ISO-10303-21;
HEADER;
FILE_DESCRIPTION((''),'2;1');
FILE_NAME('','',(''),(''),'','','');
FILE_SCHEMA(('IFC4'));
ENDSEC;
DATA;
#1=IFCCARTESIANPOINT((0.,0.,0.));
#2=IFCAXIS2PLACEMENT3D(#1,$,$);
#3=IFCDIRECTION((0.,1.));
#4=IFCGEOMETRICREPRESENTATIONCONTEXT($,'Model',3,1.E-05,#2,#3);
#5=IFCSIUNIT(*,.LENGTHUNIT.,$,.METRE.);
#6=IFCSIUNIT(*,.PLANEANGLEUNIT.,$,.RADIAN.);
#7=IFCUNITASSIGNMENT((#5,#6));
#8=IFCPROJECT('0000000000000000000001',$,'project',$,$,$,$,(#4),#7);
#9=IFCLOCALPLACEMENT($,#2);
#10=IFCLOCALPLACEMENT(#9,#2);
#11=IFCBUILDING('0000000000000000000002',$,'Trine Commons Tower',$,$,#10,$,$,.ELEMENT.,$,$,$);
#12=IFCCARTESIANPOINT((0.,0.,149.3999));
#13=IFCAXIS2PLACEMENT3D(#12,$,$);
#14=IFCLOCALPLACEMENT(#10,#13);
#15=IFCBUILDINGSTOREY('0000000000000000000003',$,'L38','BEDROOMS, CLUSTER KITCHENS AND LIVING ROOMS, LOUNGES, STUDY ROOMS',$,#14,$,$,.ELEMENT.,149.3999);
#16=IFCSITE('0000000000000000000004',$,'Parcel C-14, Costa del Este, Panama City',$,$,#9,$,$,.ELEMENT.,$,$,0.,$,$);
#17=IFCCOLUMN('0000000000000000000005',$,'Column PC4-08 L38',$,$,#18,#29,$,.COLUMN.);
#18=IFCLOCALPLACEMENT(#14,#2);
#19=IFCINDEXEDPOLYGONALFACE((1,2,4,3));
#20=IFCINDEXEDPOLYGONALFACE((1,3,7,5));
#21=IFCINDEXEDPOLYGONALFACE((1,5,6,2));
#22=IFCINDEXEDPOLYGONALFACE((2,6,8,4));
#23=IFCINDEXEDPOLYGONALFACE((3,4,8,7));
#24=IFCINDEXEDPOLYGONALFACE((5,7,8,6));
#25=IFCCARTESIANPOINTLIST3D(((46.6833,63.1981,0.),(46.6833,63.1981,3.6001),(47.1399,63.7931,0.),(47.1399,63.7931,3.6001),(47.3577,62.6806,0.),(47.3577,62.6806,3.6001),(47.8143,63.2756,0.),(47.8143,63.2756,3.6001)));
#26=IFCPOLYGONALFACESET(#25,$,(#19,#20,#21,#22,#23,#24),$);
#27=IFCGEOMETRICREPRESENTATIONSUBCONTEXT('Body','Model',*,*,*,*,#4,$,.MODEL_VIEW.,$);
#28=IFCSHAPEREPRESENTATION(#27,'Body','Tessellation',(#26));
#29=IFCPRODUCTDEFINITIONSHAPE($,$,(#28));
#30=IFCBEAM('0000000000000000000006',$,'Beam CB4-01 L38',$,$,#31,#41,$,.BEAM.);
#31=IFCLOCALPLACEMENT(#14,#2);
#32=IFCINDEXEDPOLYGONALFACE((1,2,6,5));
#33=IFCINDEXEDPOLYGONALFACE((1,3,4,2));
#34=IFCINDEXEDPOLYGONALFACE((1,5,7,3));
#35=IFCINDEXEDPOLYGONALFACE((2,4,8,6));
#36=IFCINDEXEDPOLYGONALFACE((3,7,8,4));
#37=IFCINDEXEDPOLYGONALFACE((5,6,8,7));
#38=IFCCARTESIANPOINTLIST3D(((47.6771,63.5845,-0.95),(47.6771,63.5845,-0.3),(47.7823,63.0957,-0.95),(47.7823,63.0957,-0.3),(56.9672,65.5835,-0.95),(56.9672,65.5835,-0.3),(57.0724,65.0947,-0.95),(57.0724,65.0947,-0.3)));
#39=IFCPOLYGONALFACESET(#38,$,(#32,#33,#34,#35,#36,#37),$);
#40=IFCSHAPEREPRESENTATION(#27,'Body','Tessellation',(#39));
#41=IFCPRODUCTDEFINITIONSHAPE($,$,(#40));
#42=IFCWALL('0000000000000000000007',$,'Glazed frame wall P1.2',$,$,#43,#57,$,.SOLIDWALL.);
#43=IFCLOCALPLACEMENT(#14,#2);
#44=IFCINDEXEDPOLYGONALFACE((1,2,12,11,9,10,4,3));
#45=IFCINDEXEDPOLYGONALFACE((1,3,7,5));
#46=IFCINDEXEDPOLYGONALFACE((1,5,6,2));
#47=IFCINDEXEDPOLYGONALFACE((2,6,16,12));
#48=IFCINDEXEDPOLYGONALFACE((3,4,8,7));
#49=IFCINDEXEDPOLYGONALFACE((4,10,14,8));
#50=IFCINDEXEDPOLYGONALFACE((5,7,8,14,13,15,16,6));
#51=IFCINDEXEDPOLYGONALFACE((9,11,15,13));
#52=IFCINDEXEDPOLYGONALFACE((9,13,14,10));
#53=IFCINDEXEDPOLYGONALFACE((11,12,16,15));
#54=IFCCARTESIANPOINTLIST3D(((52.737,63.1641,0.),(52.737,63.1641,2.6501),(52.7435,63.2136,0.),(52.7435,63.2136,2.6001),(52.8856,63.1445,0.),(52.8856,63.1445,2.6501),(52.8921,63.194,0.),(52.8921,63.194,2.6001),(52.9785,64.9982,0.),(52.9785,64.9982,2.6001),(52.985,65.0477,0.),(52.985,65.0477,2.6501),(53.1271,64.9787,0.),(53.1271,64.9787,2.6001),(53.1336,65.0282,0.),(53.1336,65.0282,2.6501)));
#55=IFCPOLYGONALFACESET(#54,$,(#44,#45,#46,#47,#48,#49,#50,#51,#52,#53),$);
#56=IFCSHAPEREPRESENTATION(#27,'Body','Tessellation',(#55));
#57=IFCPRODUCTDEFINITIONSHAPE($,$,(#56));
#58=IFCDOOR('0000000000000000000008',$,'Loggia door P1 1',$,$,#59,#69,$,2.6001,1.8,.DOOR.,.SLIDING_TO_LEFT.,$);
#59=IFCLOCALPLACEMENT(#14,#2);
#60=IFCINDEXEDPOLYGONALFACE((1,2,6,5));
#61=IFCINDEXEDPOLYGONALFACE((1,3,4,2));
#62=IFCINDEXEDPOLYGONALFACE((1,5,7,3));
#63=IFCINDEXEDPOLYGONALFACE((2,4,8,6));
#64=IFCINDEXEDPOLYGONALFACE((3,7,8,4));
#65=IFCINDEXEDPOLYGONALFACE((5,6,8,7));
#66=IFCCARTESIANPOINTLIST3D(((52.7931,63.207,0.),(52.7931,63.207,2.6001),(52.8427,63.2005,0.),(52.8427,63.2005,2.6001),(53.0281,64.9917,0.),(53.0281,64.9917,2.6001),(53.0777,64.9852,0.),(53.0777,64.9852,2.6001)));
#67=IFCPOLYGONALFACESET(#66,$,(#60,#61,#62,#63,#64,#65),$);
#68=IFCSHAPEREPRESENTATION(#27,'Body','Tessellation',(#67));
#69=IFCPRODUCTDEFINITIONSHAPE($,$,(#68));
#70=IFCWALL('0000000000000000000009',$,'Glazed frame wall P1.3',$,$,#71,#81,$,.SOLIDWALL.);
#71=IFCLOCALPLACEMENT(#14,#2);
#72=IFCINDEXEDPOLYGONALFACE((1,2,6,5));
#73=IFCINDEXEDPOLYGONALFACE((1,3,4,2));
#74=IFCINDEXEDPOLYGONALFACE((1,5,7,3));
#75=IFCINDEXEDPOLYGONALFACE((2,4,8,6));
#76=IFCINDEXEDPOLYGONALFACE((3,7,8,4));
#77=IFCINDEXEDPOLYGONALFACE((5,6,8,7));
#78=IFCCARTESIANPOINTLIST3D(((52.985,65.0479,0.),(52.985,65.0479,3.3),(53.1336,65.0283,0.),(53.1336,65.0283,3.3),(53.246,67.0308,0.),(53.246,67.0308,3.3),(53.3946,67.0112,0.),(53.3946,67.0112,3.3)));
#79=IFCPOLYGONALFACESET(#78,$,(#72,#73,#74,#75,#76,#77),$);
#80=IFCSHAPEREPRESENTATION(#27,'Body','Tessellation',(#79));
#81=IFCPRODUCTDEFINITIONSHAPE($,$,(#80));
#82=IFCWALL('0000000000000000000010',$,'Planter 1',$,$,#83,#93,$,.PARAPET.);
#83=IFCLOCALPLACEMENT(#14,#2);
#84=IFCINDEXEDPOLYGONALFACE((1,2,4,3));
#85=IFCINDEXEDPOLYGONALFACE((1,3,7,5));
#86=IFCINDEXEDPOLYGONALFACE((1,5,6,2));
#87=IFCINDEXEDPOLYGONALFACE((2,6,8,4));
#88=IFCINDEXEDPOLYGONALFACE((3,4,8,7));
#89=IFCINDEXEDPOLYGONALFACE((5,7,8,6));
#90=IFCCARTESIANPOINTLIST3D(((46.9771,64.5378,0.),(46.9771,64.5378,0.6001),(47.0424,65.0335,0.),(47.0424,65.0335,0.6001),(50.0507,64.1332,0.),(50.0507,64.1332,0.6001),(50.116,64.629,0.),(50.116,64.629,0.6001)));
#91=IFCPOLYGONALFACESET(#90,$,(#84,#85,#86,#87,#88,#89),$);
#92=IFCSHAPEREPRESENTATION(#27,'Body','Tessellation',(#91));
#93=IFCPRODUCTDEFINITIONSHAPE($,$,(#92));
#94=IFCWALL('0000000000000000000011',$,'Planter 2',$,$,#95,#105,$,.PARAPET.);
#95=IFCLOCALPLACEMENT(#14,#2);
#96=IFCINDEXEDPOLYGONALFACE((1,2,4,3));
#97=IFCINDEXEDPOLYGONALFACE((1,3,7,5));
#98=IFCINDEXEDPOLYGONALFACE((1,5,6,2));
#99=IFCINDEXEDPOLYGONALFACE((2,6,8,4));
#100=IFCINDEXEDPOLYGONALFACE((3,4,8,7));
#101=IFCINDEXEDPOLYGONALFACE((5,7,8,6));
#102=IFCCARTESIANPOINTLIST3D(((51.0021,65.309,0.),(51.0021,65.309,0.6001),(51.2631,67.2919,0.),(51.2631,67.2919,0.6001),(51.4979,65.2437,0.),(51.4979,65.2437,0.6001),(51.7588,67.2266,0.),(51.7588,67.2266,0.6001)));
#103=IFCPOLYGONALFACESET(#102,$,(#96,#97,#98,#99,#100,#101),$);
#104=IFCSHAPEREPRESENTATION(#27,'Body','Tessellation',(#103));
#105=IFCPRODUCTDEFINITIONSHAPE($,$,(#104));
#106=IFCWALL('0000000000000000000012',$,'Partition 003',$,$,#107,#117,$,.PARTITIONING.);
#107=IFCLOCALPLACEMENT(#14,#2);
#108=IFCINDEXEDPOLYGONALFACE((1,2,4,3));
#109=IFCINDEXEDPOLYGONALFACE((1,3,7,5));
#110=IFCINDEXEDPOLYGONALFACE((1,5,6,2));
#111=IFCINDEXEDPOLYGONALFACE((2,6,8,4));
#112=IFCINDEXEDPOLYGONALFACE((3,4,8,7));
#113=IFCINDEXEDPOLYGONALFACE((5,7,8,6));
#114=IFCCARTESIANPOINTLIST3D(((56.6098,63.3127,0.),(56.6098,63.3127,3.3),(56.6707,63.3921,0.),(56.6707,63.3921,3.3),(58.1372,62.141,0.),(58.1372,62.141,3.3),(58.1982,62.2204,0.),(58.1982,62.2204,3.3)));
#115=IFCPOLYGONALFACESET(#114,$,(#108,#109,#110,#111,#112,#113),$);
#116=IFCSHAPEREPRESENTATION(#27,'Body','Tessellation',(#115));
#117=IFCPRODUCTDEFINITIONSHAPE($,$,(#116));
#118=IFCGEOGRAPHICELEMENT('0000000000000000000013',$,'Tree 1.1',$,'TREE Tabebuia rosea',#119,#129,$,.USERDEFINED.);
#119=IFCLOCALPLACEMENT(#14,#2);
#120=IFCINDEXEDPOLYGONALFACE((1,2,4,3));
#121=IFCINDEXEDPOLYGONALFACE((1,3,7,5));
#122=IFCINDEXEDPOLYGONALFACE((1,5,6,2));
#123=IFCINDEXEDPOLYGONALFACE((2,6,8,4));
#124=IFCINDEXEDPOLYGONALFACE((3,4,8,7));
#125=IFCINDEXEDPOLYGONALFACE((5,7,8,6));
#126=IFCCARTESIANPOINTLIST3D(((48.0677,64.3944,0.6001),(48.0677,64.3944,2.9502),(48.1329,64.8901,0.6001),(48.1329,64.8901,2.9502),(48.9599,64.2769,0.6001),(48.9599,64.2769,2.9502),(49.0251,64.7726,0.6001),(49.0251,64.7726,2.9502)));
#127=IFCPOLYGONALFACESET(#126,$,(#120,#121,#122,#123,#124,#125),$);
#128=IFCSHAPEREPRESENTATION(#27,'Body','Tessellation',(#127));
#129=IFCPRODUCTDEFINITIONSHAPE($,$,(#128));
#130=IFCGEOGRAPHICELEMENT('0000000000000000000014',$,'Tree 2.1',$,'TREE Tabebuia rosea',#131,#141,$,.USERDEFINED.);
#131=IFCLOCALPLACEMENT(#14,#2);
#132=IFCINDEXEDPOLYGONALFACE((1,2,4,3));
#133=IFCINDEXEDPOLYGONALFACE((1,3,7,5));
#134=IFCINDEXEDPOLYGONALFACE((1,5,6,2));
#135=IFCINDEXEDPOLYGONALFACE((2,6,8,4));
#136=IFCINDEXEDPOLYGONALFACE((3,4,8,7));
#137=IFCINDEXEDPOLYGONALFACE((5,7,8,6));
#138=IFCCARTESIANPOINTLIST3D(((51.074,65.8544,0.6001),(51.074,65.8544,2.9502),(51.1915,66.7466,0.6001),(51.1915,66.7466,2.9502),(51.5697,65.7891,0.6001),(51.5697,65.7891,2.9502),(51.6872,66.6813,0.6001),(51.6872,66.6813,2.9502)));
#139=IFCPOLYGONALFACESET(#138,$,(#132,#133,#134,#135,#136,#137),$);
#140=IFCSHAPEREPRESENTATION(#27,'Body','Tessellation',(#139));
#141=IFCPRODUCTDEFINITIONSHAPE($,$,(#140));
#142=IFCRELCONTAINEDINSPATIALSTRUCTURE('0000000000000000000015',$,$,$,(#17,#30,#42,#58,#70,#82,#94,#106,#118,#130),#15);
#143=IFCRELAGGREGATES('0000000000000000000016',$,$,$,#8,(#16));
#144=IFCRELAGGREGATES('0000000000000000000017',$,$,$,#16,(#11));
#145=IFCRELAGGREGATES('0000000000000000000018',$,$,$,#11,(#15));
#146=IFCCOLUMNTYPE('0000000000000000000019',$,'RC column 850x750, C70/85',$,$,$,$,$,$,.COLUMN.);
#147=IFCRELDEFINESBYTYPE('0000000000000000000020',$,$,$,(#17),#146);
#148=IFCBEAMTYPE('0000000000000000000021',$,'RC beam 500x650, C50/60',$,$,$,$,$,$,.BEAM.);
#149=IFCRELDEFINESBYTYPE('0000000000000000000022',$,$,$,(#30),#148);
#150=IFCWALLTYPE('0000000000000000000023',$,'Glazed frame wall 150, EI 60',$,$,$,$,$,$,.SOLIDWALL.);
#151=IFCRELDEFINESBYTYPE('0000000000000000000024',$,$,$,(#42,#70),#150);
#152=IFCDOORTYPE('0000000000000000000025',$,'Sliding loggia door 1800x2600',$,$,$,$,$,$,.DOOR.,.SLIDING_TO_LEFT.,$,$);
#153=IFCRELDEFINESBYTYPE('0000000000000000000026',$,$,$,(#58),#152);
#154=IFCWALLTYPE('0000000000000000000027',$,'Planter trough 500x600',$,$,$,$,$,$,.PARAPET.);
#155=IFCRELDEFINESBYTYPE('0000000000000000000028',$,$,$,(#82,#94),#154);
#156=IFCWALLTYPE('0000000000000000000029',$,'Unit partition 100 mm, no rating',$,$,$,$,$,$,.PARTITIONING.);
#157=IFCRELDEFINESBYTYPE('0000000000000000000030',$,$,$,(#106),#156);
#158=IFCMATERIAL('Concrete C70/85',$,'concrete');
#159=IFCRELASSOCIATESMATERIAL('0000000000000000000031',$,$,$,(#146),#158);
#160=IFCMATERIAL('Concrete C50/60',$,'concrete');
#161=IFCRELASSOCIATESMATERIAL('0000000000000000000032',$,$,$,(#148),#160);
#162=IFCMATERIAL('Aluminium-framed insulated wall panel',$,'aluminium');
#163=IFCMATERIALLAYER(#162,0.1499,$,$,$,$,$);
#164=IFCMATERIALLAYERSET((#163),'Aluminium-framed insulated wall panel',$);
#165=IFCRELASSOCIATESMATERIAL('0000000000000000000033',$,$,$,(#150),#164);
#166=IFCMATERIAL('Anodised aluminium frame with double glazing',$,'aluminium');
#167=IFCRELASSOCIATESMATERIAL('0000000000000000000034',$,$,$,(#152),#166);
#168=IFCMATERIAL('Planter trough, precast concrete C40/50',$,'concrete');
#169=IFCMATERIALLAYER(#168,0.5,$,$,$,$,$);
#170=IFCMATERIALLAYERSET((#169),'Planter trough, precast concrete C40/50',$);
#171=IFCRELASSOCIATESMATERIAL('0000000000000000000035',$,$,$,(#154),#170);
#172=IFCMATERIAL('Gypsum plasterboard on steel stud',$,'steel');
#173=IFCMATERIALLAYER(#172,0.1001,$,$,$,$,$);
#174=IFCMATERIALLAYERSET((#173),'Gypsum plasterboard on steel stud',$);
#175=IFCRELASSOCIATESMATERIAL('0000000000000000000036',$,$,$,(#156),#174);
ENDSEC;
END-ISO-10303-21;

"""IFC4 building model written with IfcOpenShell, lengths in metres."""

from ifc_helpers import new_model, si_unit, direction, frame, frame_2d, origin, origin_2d, place, context, subcontext, project, spatial, polyline, rectangle, outline, extrude, material, layer, layer_set, material_profile, profile_set, type_object, element, fill, save


model = new_model("IFC4")

# Units and contexts
model_context = context("Model", 3, precision=1e-05, world=origin(), true_north=direction((0.0, 1.0)))
body_context = subcontext(model_context, "Body", "Model", "MODEL_VIEW")
ifc_project = project(units=[si_unit("LENGTHUNIT", "METRE"), si_unit("PLANEANGLEUNIT", "RADIAN")], contexts=[model_context])

# Site, building, storey
site_placement = place(None, origin())
site = spatial("IfcSite", under=ifc_project, at=site_placement, Name="Parcel C-14, Costa del Este, Panama City", CompositionType="ELEMENT", RefElevation=0.0)
building_placement = place(site_placement, origin())
building = spatial("IfcBuilding", under=site, at=building_placement, Name="Trine Commons Tower", CompositionType="ELEMENT")
storey_placement = place(building_placement, frame((0.0, 0.0, 149.3999)))
storey = spatial("IfcBuildingStorey", under=building, at=storey_placement, Name="L38", Description="BEDROOMS, CLUSTER KITCHENS AND LIVING ROOMS, LOUNGES, STUDY ROOMS", CompositionType="ELEMENT", Elevation=149.3999)

# Column
ifc_material_1 = material(Name="Concrete C70/85", Category="concrete")
ifc_material_profile_1 = material_profile(ifc_material_1, rectangle(XDim=0.8501, YDim=0.75, at=origin_2d()), Name="RC 850x750")
ifc_profile_set_1 = profile_set([ifc_material_profile_1], Name="Concrete C70/85")
column_type = type_object("IfcColumnType", Name="RC column 850x750, C70/85", PredefinedType="COLUMN", material=ifc_profile_set_1)
column_placement = place(storey_placement, frame((47.2488, 63.2368, 0.0), z_axis=(0.0, 0.0, 1.0), x_axis=(-0.793353, 0.608761, 0.0)))
element("IfcColumn", 1, at=column_placement, inside=storey, type_object=column_type, Name="Column PC4-08 L38", PredefinedType="COLUMN", context=body_context, shape_type="SweptSolid", body=[
    extrude(rectangle(XDim=0.8501, YDim=0.75, at=origin_2d()), origin(), (0.0, 0.0, 1.0), 3.6001),
])

# Beam
ifc_material_2 = material(Name="Concrete C50/60", Category="concrete")
ifc_material_profile_2 = material_profile(ifc_material_2, rectangle(XDim=0.5, YDim=0.6499, at=origin_2d()), Name="RC 500x650")
ifc_profile_set_2 = profile_set([ifc_material_profile_2], Name="Concrete C50/60")
beam_type = type_object("IfcBeamType", Name="RC beam 500x650, C50/60", PredefinedType="BEAM", material=ifc_profile_set_2)
beam_placement = place(storey_placement, frame((47.7297, 63.3401, -0.625), z_axis=(0.977623, 0.210364, 0.0), x_axis=(-0.210364, 0.977623, 0.0)))
element("IfcBeam", 2, at=beam_placement, inside=storey, type_object=beam_type, Name="Beam CB4-01 L38", PredefinedType="BEAM", context=body_context, shape_type="SweptSolid", body=[
    extrude(rectangle(XDim=0.5, YDim=0.6499, at=origin_2d()), origin(), (0.0, 0.0, 1.0), 9.5027),
])

# Shared definitions
ifc_material_3 = material(Name="Aluminium-framed insulated wall panel", Category="aluminium")
ifc_layer_1 = layer(ifc_material_3, 0.1499)
ifc_layer_set_1 = layer_set([ifc_layer_1], Name="Aluminium-framed insulated wall panel")
wall_type_1 = type_object("IfcWallType", Name="Glazed frame wall 150, EI 60", PredefinedType="SOLIDWALL", material=ifc_layer_set_1)

# Wall, opening, door
wall_1_placement = place(storey_placement, frame((52.8113, 63.1543, 0.0), z_axis=(0.0, 0.0, 1.0), x_axis=(0.130548, 0.991442, 0.0)))
wall_1 = element("IfcWall", 3, at=wall_1_placement, inside=storey, type_object=wall_type_1, Name="Glazed frame wall P1.2", PredefinedType="SOLIDWALL", context=body_context, shape_type="SweptSolid", body=[
    extrude(outline(polyline([(0.0, -0.075), (1.8999, -0.075), (1.8999, 0.075), (0.0, 0.075), (0.0, -0.075)])), origin(), (0.0, 0.0, 1.0), 2.6501),
])
opening_placement = place(wall_1_placement, frame((0.05, 0.0, 0.0)))
opening = element("IfcOpeningElement", 4, at=opening_placement, cuts=wall_1, PredefinedType="OPENING", context=body_context, shape_type="SweptSolid", body=[
    extrude(rectangle(XDim=1.8, YDim=2.6001, at=frame_2d((0.8999, 1.3))), frame((0.0, 0.085, 0.0), z_axis=(0.0, -1.0, 0.0), x_axis=(1.0, 0.0, 0.0)), (0.0, 0.0, 1.0), 0.1699),
])
ifc_material_4 = material(Name="Anodised aluminium frame with double glazing", Category="aluminium")
door_type = type_object("IfcDoorType", Name="Sliding loggia door 1800x2600", OperationType="SLIDING_TO_LEFT", PredefinedType="DOOR", material=ifc_material_4)
door_placement = place(opening_placement, origin())
door = element("IfcDoor", 5, at=door_placement, inside=storey, type_object=door_type, Name="Loggia door P1 1", OperationType="SLIDING_TO_LEFT", OverallHeight=2.6001, OverallWidth=1.8, PredefinedType="DOOR", context=body_context, shape_type="SweptSolid", body=[
    extrude(rectangle(XDim=1.8, YDim=2.6001, at=frame_2d((0.8999, 1.3))), frame((0.0, 0.0249, 0.0), z_axis=(0.0, -1.0, 0.0), x_axis=(1.0, 0.0, 0.0)), (0.0, 0.0, 1.0), 0.05),
])
fill(opening, door)

# Walls
wall_2_placement = place(storey_placement, frame((53.0593, 65.0381, 0.0), z_axis=(0.0, 0.0, 1.0), x_axis=(0.130492, 0.991449, 0.0)))
element("IfcWall", 6, at=wall_2_placement, inside=storey, type_object=wall_type_1, Name="Glazed frame wall P1.3", PredefinedType="SOLIDWALL", context=body_context, shape_type="SweptSolid", body=[
    extrude(outline(polyline([(0.0, -0.075), (2.0, -0.075), (2.0, 0.075), (0.0, 0.075), (0.0, -0.075)])), origin(), (0.0, 0.0, 1.0), 3.3),
])
ifc_material_5 = material(Name="Planter trough, precast concrete C40/50", Category="concrete")
ifc_layer_2 = layer(ifc_material_5, 0.5)
ifc_layer_set_2 = layer_set([ifc_layer_2], Name="Planter trough, precast concrete C40/50")
wall_type_2 = type_object("IfcWallType", Name="Planter trough 500x600", PredefinedType="PARAPET", material=ifc_layer_set_2)
wall_3_placement = place(storey_placement, frame((47.0098, 64.7856, 0.0), z_axis=(0.0, 0.0, 1.0), x_axis=(0.991449, -0.130497, 0.0)))
element("IfcWall", 7, at=wall_3_placement, inside=storey, type_object=wall_type_2, Name="Planter 1", PredefinedType="PARAPET", context=body_context, shape_type="SweptSolid", body=[
    extrude(rectangle(XDim=3.1001, YDim=0.5, at=frame_2d((1.55, 0.0))), origin(), (0.0, 0.0, 1.0), 0.6001),
])
wall_4_placement = place(storey_placement, frame((51.25, 65.2764, 0.0), z_axis=(0.0, 0.0, 1.0), x_axis=(0.130492, 0.991449, 0.0)))
element("IfcWall", 8, at=wall_4_placement, inside=storey, type_object=wall_type_2, Name="Planter 2", PredefinedType="PARAPET", context=body_context, shape_type="SweptSolid", body=[
    extrude(rectangle(XDim=2.0, YDim=0.5, at=frame_2d((1.0, 0.0))), origin(), (0.0, 0.0, 1.0), 0.6001),
])
ifc_material_6 = material(Name="Gypsum plasterboard on steel stud", Category="steel")
ifc_layer_3 = layer(ifc_material_6, 0.1001)
ifc_layer_set_3 = layer_set([ifc_layer_3], Name="Gypsum plasterboard on steel stud")
wall_type_3 = type_object("IfcWallType", Name="Unit partition 100 mm, no rating", PredefinedType="PARTITIONING", material=ifc_layer_set_3)
wall_5_placement = place(storey_placement, frame((56.6404, 63.3523, 0.0), z_axis=(0.0, 0.0, 1.0), x_axis=(0.793439, -0.60865, 0.0)))
element("IfcWall", 9, at=wall_5_placement, inside=storey, type_object=wall_type_3, Name="Partition 003", PredefinedType="PARTITIONING", context=body_context, shape_type="SweptSolid", body=[
    extrude(rectangle(XDim=1.925, YDim=0.1001, at=frame_2d((0.9624, 0.0))), origin(), (0.0, 0.0, 1.0), 3.3),
])

# Geographic elements
for number, where, z_axis, x_axis, name in (
    (10, (48.5464, 64.5835, 0.6001), (0.0, 0.0, 1.0), (0.991446, -0.130514, 0.0), "Tree 1.1"),
    (11, (51.3806, 66.2678, 0.6001), (0.0, 0.0, 1.0), (0.130543, 0.991443, 0.0), "Tree 2.1"),
):
    element("IfcGeographicElement", number, at=place(storey_placement, frame(where, z_axis=z_axis, x_axis=x_axis)), inside=storey, Name=name, ObjectType="TREE Tabebuia rosea", PredefinedType="USERDEFINED", context=body_context, shape_type="SweptSolid", body=[
        extrude(rectangle(XDim=0.8999, YDim=0.5, at=origin_2d()), origin(), (0.0, 0.0, 1.0), 2.3501),
    ])

save(model, "model.ifc")
